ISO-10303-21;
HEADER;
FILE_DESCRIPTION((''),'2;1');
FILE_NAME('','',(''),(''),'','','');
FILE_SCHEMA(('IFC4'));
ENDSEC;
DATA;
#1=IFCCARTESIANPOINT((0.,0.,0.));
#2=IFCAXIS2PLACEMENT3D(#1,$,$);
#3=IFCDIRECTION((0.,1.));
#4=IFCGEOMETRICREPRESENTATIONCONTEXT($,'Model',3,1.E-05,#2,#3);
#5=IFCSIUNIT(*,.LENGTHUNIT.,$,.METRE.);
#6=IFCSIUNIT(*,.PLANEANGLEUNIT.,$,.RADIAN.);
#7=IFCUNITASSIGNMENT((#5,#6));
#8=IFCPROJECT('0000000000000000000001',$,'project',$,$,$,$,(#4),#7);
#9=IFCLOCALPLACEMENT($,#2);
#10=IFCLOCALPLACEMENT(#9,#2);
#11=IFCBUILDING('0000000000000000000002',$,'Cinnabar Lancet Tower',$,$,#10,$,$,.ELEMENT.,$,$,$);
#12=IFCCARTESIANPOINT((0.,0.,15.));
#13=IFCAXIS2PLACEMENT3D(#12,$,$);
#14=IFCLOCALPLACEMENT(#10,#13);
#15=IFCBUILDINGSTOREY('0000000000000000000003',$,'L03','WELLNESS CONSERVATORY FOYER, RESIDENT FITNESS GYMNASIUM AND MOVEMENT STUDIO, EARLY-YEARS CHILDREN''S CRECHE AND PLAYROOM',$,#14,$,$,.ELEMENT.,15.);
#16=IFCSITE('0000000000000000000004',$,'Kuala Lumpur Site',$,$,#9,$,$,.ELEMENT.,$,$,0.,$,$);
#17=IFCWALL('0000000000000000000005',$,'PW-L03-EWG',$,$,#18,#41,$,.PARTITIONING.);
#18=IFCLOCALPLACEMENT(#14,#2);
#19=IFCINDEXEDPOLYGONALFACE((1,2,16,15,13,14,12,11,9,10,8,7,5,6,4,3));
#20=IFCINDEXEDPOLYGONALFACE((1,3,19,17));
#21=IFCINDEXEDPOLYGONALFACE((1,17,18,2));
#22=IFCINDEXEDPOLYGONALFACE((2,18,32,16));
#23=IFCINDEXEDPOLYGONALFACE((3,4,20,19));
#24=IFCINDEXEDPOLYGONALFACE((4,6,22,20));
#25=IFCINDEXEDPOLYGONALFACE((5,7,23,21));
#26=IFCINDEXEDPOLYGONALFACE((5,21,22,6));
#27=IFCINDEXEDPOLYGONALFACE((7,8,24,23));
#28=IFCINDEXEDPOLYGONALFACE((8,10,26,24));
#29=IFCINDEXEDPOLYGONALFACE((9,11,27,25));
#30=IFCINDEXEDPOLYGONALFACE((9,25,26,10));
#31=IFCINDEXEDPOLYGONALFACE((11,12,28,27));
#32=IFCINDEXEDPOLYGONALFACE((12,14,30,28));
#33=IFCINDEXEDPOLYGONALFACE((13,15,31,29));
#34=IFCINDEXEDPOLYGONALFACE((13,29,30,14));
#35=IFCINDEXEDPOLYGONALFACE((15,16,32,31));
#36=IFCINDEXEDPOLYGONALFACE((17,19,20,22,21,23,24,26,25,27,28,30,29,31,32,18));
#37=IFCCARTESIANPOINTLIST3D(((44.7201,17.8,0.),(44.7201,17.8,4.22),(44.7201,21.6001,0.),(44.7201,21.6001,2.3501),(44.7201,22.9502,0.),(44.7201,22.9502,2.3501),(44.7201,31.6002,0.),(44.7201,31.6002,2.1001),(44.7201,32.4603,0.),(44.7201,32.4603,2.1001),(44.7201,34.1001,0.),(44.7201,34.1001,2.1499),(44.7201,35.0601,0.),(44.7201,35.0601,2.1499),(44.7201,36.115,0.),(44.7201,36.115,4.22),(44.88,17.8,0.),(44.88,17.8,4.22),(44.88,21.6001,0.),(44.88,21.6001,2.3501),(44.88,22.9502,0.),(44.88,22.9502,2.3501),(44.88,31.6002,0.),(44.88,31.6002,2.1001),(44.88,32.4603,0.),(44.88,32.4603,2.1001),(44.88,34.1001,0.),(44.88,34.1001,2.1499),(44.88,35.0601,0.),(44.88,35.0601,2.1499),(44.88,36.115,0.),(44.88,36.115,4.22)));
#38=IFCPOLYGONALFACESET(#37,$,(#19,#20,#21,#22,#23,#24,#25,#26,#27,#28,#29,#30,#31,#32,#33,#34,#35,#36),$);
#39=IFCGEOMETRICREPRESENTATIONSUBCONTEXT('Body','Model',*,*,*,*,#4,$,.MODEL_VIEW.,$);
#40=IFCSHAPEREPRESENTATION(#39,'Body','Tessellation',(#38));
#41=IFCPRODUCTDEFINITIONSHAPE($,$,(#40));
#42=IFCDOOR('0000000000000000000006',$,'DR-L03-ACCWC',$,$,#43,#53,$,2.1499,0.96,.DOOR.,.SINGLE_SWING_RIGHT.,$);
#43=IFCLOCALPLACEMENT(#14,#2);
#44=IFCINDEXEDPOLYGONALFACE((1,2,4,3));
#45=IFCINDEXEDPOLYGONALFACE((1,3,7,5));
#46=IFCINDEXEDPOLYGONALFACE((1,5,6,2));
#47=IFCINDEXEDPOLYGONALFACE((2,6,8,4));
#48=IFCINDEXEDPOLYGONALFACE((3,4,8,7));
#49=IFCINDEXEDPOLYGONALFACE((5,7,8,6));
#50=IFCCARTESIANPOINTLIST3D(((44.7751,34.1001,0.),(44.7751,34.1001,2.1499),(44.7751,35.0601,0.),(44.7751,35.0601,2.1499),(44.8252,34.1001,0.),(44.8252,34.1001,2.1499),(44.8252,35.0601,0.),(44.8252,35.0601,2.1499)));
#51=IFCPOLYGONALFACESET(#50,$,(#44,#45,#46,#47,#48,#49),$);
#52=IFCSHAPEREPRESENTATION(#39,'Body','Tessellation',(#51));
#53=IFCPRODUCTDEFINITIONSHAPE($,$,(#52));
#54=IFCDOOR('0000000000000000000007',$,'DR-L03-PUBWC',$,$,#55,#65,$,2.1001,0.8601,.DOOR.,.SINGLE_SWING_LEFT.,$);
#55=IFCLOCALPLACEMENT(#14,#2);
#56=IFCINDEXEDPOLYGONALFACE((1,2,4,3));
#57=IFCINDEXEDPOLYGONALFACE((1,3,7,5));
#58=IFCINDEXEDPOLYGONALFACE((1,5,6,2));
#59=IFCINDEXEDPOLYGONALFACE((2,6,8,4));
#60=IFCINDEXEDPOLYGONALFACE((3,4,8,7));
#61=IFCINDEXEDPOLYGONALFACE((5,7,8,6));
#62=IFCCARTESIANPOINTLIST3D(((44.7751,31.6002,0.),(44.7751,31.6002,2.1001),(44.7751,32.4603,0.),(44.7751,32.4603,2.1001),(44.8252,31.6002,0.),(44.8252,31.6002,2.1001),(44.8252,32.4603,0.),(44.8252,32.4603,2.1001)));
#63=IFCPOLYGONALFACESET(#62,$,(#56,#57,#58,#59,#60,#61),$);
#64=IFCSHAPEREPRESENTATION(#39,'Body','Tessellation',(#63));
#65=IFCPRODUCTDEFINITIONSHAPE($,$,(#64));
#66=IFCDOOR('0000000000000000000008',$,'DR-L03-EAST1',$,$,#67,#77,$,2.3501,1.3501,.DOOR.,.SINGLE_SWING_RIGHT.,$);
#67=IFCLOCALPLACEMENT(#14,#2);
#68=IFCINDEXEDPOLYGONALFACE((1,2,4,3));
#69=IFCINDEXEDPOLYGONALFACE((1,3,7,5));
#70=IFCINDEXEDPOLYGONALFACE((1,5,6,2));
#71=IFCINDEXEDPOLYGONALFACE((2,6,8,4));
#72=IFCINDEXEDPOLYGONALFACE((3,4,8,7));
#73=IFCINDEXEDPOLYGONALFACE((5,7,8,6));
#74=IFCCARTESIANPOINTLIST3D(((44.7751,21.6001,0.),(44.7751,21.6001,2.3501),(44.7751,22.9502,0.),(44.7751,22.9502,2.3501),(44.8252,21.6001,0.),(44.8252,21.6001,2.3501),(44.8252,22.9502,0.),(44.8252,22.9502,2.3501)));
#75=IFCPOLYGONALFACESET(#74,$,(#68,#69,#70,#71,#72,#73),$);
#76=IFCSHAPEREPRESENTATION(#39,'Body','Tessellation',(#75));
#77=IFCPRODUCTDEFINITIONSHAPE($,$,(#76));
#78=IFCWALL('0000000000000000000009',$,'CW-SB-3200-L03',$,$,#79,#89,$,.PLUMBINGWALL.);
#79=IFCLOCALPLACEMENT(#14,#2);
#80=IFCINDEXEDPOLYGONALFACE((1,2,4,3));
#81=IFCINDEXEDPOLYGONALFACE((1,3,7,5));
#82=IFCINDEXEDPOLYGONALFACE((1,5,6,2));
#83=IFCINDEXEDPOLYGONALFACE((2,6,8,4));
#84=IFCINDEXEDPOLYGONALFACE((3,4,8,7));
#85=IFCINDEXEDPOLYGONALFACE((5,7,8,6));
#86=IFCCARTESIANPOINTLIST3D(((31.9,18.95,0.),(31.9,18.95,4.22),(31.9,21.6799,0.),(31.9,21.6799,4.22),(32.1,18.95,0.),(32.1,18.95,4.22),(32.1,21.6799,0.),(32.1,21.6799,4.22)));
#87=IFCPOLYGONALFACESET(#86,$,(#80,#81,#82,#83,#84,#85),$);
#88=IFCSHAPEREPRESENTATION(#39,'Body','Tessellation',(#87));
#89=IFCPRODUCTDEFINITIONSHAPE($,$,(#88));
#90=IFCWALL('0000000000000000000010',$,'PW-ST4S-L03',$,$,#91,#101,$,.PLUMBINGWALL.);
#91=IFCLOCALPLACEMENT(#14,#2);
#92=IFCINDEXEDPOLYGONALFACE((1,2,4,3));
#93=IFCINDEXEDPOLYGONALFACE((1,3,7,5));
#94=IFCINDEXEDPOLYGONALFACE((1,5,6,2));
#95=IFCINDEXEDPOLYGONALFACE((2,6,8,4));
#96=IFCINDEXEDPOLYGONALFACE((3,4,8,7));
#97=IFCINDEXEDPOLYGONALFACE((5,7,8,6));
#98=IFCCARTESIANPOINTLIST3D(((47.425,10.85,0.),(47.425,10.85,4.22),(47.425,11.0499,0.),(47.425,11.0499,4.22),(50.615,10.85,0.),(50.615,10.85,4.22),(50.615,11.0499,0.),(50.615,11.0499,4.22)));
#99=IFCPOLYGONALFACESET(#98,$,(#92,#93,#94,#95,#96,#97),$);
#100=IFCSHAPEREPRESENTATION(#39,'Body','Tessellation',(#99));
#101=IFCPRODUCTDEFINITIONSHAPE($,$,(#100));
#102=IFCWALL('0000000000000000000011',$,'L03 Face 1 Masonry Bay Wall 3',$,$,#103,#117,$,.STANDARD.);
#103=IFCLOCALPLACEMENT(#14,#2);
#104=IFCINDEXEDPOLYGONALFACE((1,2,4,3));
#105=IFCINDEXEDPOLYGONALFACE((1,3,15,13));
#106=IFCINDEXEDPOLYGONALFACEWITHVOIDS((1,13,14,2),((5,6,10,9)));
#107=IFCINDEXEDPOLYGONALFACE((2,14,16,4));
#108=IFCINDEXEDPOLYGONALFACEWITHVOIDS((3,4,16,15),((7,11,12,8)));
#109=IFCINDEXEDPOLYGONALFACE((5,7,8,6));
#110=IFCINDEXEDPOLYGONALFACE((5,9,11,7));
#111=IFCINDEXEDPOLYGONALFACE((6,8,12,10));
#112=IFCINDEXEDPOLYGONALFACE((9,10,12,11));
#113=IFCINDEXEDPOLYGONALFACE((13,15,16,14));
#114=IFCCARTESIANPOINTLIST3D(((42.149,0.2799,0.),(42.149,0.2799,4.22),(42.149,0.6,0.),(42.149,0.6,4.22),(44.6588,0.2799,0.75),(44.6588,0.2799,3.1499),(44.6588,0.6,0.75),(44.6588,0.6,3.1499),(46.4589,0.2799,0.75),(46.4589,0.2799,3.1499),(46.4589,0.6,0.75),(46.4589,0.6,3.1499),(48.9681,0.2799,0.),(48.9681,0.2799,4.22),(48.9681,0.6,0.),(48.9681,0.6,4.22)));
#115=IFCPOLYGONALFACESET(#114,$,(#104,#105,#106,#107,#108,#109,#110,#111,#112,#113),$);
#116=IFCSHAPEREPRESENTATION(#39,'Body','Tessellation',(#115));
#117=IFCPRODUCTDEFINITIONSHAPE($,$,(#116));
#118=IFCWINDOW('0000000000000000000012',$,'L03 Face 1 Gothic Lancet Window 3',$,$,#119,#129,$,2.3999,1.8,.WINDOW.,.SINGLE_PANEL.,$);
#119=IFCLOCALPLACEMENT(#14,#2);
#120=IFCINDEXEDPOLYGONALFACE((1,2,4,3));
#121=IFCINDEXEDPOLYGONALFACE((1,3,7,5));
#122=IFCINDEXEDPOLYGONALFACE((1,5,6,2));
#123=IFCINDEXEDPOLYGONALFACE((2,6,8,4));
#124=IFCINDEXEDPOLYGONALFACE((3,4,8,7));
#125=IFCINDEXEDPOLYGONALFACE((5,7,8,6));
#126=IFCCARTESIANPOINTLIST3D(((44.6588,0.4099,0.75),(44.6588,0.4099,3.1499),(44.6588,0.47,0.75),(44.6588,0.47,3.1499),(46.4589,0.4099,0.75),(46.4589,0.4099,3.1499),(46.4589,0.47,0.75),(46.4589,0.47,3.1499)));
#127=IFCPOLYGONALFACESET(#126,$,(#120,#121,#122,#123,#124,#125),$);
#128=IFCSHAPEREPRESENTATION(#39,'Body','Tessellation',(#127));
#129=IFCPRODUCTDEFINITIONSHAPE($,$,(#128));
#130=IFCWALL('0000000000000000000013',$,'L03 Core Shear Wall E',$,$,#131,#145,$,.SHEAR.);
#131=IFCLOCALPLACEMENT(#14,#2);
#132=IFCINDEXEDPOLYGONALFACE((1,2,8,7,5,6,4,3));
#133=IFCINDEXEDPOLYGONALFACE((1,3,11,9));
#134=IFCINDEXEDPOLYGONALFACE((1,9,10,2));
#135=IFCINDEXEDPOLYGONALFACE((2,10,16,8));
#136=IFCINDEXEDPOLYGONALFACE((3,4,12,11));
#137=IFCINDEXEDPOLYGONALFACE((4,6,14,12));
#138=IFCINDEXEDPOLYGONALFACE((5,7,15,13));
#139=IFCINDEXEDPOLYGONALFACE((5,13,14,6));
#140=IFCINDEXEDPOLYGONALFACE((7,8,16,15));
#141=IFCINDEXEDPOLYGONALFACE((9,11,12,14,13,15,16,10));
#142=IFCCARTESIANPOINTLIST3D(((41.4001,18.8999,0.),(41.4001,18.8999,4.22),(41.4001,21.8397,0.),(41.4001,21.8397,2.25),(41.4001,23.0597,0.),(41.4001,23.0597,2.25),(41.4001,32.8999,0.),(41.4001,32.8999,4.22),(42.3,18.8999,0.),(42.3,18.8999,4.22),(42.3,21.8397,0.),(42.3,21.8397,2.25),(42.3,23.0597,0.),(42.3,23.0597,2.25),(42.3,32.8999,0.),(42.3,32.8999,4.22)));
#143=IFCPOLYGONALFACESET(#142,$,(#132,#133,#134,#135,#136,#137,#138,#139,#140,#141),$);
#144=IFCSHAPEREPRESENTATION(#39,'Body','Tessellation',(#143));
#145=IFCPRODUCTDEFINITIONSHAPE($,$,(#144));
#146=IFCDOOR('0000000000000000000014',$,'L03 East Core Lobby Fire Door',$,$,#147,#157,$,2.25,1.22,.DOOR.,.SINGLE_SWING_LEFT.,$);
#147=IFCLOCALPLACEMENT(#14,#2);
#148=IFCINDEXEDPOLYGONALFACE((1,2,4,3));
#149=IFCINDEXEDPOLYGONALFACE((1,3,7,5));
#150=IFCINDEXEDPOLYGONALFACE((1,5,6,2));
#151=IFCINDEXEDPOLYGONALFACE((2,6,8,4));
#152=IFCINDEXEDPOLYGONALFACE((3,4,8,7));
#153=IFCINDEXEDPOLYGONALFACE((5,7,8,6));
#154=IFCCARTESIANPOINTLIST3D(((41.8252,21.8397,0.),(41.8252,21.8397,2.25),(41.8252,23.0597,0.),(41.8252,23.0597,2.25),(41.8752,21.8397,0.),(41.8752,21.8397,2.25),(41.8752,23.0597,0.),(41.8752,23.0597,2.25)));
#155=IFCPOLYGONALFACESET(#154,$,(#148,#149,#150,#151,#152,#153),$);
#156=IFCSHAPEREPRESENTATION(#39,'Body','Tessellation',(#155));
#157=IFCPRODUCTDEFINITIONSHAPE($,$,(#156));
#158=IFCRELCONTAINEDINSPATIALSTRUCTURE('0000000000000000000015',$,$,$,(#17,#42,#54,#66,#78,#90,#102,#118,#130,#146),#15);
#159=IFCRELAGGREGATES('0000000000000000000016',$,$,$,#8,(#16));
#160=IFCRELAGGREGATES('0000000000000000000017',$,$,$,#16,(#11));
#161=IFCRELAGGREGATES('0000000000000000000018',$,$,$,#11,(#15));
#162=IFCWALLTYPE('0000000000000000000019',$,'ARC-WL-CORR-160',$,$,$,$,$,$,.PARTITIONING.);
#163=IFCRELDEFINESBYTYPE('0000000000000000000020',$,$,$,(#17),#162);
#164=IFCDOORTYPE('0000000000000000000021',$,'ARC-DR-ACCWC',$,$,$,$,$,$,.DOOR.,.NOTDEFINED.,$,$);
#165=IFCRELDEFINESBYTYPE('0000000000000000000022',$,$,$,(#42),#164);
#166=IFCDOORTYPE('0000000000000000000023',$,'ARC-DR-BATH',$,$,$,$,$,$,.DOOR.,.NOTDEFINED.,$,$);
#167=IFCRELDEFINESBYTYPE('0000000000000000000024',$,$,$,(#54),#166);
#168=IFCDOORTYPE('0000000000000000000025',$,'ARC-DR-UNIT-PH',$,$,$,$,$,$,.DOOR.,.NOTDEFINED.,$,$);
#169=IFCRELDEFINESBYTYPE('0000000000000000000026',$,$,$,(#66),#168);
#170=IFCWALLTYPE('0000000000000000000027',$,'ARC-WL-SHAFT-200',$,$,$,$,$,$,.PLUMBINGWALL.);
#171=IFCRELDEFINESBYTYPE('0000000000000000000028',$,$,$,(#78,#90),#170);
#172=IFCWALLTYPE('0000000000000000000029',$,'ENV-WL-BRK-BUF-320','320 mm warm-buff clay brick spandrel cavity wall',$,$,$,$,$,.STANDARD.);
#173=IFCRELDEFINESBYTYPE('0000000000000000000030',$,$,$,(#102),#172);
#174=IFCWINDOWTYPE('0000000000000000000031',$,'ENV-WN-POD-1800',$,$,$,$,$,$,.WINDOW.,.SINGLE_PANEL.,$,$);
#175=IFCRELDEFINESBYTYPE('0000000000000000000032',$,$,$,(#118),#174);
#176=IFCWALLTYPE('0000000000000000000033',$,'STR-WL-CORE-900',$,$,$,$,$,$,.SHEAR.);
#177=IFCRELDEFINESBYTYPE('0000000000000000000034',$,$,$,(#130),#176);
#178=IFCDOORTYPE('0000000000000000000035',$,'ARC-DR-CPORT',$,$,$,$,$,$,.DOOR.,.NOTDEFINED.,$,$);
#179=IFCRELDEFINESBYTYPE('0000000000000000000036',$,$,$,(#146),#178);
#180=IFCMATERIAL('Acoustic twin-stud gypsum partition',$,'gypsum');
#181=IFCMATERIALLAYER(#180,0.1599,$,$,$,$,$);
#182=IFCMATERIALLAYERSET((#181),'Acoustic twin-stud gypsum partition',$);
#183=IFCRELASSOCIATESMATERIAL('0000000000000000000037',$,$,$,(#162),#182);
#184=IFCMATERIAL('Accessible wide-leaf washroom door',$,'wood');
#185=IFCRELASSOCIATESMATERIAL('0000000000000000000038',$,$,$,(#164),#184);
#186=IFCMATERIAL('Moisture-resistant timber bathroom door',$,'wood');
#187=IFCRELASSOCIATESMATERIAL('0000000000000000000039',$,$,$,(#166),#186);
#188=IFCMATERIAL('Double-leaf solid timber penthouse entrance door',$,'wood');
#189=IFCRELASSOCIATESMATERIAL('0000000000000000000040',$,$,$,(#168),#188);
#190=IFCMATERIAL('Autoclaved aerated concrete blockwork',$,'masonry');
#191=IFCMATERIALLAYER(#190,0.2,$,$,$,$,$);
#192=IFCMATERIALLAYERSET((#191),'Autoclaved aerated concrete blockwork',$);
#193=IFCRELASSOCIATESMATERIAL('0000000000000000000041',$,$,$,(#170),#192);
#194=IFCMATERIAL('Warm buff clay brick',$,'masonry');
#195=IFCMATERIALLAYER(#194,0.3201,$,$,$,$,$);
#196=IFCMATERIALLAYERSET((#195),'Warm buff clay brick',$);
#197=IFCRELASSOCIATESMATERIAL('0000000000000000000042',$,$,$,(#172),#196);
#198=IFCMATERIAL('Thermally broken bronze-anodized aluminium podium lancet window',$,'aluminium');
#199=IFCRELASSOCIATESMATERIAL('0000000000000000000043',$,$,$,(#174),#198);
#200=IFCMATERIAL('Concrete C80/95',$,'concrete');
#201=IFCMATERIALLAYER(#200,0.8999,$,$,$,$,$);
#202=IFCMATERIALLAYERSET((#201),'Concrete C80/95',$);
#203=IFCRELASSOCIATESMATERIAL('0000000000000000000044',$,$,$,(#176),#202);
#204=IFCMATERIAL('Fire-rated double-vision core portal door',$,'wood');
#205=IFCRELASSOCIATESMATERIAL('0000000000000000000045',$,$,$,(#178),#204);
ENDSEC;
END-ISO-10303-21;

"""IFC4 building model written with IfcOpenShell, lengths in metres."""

from ifc_helpers import new_model, si_unit, direction, frame, frame_2d, origin, place, context, subcontext, project, spatial, rectangle, extrude, material, layer, layer_set, type_object, element, fill, save


model = new_model("IFC4")

# Units and contexts
model_context = context("Model", 3, precision=1e-05, world=origin(), true_north=direction((0.0, 1.0)))
body_context = subcontext(model_context, "Body", "Model", "MODEL_VIEW")
ifc_project = project(units=[si_unit("LENGTHUNIT", "METRE"), si_unit("PLANEANGLEUNIT", "RADIAN")], contexts=[model_context])

# Site, building, storey
site_placement = place(None, origin())
site = spatial("IfcSite", under=ifc_project, at=site_placement, Name="Kuala Lumpur Site", CompositionType="ELEMENT", RefElevation=0.0)
building_placement = place(site_placement, origin())
building = spatial("IfcBuilding", under=site, at=building_placement, Name="Cinnabar Lancet Tower", CompositionType="ELEMENT")
storey_placement = place(building_placement, frame((0.0, 0.0, 15.0)))
storey = spatial("IfcBuildingStorey", under=building, at=storey_placement, Name="L03", Description="WELLNESS CONSERVATORY FOYER, RESIDENT FITNESS GYMNASIUM AND MOVEMENT STUDIO, EARLY-YEARS CHILDREN'S CRECHE AND PLAYROOM", CompositionType="ELEMENT", Elevation=15.0)

# Shared definitions
ifc_material_1 = material(Name="Acoustic twin-stud gypsum partition", Category="gypsum")
ifc_layer_1 = layer(ifc_material_1, 0.1599)
ifc_layer_set_1 = layer_set([ifc_layer_1], Name="Acoustic twin-stud gypsum partition")
wall_type_1 = type_object("IfcWallType", Name="ARC-WL-CORR-160", PredefinedType="PARTITIONING", material=ifc_layer_set_1)

# Wall, openings, doors
wall_1_placement = place(storey_placement, frame((44.8, 17.8, 0.0), z_axis=(0.0, 0.0, 1.0), x_axis=(0.0, 1.0, 0.0)))
wall_1 = element("IfcWall", 1, at=wall_1_placement, inside=storey, type_object=wall_type_1, Name="PW-L03-EWG", PredefinedType="PARTITIONING", context=body_context, shape_type="SweptSolid", body=[
    extrude(rectangle(XDim=18.3149, YDim=0.1599, at=frame_2d((9.1575, 0.0))), origin(), (0.0, 0.0, 1.0), 4.22),
])
opening_1_placement = place(wall_1_placement, frame((3.8, 0.0, 0.0)))
opening_1 = element("IfcOpeningElement", 2, at=opening_1_placement, cuts=wall_1, PredefinedType="OPENING", context=body_context, shape_type="SweptSolid", body=[
    extrude(rectangle(XDim=1.3501, YDim=2.3501, at=frame_2d((0.675, 1.175))), frame((0.0, 0.0898, 0.0), z_axis=(0.0, -1.0, 0.0), x_axis=(1.0, 0.0, 0.0)), (0.0, 0.0, 1.0), 0.1799),
])
opening_2_placement = place(wall_1_placement, frame((13.8, 0.0, 0.0)))
opening_2 = element("IfcOpeningElement", 3, at=opening_2_placement, cuts=wall_1, PredefinedType="OPENING", context=body_context, shape_type="SweptSolid", body=[
    extrude(rectangle(XDim=0.8601, YDim=2.1001, at=frame_2d((0.4302, 1.05))), frame((0.0, 0.0898, 0.0), z_axis=(0.0, -1.0, 0.0), x_axis=(1.0, 0.0, 0.0)), (0.0, 0.0, 1.0), 0.1799),
])
opening_3_placement = place(wall_1_placement, frame((16.3, 0.0, 0.0)))
opening_3 = element("IfcOpeningElement", 4, at=opening_3_placement, cuts=wall_1, PredefinedType="OPENING", context=body_context, shape_type="SweptSolid", body=[
    extrude(rectangle(XDim=0.96, YDim=2.1499, at=frame_2d((0.48, 1.075))), frame((0.0, 0.0898, 0.0), z_axis=(0.0, -1.0, 0.0), x_axis=(1.0, 0.0, 0.0)), (0.0, 0.0, 1.0), 0.1799),
])
ifc_material_2 = material(Name="Accessible wide-leaf washroom door", Category="wood")
door_type_1 = type_object("IfcDoorType", Name="ARC-DR-ACCWC", OperationType="NOTDEFINED", PredefinedType="DOOR", material=ifc_material_2)
door_1_placement = place(opening_3_placement, origin())
door_1 = element("IfcDoor", 5, at=door_1_placement, inside=storey, type_object=door_type_1, Name="DR-L03-ACCWC", OperationType="SINGLE_SWING_RIGHT", OverallHeight=2.1499, OverallWidth=0.96, PredefinedType="DOOR", context=body_context, shape_type="SweptSolid", body=[
    extrude(rectangle(XDim=0.96, YDim=2.1499, at=frame_2d((0.48, 1.075))), frame((0.0, 0.0249, 0.0), z_axis=(0.0, -1.0, 0.0), x_axis=(1.0, 0.0, 0.0)), (0.0, 0.0, 1.0), 0.05),
])
fill(opening_3, door_1)
ifc_material_3 = material(Name="Moisture-resistant timber bathroom door", Category="wood")
door_type_2 = type_object("IfcDoorType", Name="ARC-DR-BATH", OperationType="NOTDEFINED", PredefinedType="DOOR", material=ifc_material_3)
door_2_placement = place(opening_2_placement, origin())
door_2 = element("IfcDoor", 6, at=door_2_placement, inside=storey, type_object=door_type_2, Name="DR-L03-PUBWC", OperationType="SINGLE_SWING_LEFT", OverallHeight=2.1001, OverallWidth=0.8601, PredefinedType="DOOR", context=body_context, shape_type="SweptSolid", body=[
    extrude(rectangle(XDim=0.8601, YDim=2.1001, at=frame_2d((0.4302, 1.05))), frame((0.0, 0.0249, 0.0), z_axis=(0.0, -1.0, 0.0), x_axis=(1.0, 0.0, 0.0)), (0.0, 0.0, 1.0), 0.05),
])
fill(opening_2, door_2)
ifc_material_4 = material(Name="Double-leaf solid timber penthouse entrance door", Category="wood")
door_type_3 = type_object("IfcDoorType", Name="ARC-DR-UNIT-PH", OperationType="NOTDEFINED", PredefinedType="DOOR", material=ifc_material_4)
door_3_placement = place(opening_1_placement, origin())
door_3 = element("IfcDoor", 7, at=door_3_placement, inside=storey, type_object=door_type_3, Name="DR-L03-EAST1", OperationType="SINGLE_SWING_RIGHT", OverallHeight=2.3501, OverallWidth=1.3501, PredefinedType="DOOR", context=body_context, shape_type="SweptSolid", body=[
    extrude(rectangle(XDim=1.3501, YDim=2.3501, at=frame_2d((0.675, 1.175))), frame((0.0, 0.0249, 0.0), z_axis=(0.0, -1.0, 0.0), x_axis=(1.0, 0.0, 0.0)), (0.0, 0.0, 1.0), 0.05),
])
fill(opening_1, door_3)

# Walls
ifc_material_5 = material(Name="Autoclaved aerated concrete blockwork", Category="masonry")
ifc_layer_2 = layer(ifc_material_5, 0.2)
ifc_layer_set_2 = layer_set([ifc_layer_2], Name="Autoclaved aerated concrete blockwork")
wall_type_2 = type_object("IfcWallType", Name="ARC-WL-SHAFT-200", PredefinedType="PLUMBINGWALL", material=ifc_layer_set_2)
wall_2_placement = place(storey_placement, frame((32.0, 18.95, 0.0), z_axis=(0.0, 0.0, 1.0), x_axis=(0.0, 1.0, 0.0)))
element("IfcWall", 8, at=wall_2_placement, inside=storey, type_object=wall_type_2, Name="CW-SB-3200-L03", PredefinedType="PLUMBINGWALL", context=body_context, shape_type="SweptSolid", body=[
    extrude(rectangle(XDim=2.73, YDim=0.2, at=frame_2d((1.365, 0.0))), origin(), (0.0, 0.0, 1.0), 4.22),
])
wall_3_placement = place(storey_placement, frame((47.425, 10.95, 0.0), z_axis=(0.0, 0.0, 1.0), x_axis=(1.0, 0.0, 0.0)))
element("IfcWall", 9, at=wall_3_placement, inside=storey, type_object=wall_type_2, Name="PW-ST4S-L03", PredefinedType="PLUMBINGWALL", context=body_context, shape_type="SweptSolid", body=[
    extrude(rectangle(XDim=3.1899, YDim=0.2, at=frame_2d((1.595, 0.0))), origin(), (0.0, 0.0, 1.0), 4.22),
])

# Wall, opening, window
ifc_material_6 = material(Name="Warm buff clay brick", Category="masonry")
ifc_layer_3 = layer(ifc_material_6, 0.3201)
ifc_layer_set_3 = layer_set([ifc_layer_3], Name="Warm buff clay brick")
wall_type_3 = type_object("IfcWallType", Name="ENV-WL-BRK-BUF-320", Description="320 mm warm-buff clay brick spandrel cavity wall", PredefinedType="STANDARD", material=ifc_layer_set_3)
wall_4_placement = place(storey_placement, frame((42.1489, 0.4399, 0.0), z_axis=(0.0, 0.0, 1.0), x_axis=(1.0, 0.0, 0.0)))
wall_4 = element("IfcWall", 10, at=wall_4_placement, inside=storey, type_object=wall_type_3, Name="L03 Face 1 Masonry Bay Wall 3", PredefinedType="STANDARD", context=body_context, shape_type="SweptSolid", body=[
    extrude(rectangle(XDim=6.8191, YDim=0.3201, at=frame_2d((3.4097, 0.0))), origin(), (0.0, 0.0, 1.0), 4.22),
])
opening_4_placement = place(wall_4_placement, frame((2.51, 0.0, 0.75)))
opening_4 = element("IfcOpeningElement", 11, at=opening_4_placement, cuts=wall_4, PredefinedType="OPENING", context=body_context, shape_type="SweptSolid", body=[
    extrude(rectangle(XDim=1.8, YDim=2.3999, at=frame_2d((0.8999, 1.2))), frame((0.0, 0.1699, 0.0), z_axis=(0.0, -1.0, 0.0), x_axis=(1.0, 0.0, 0.0)), (0.0, 0.0, 1.0), 0.3401),
])
ifc_material_7 = material(Name="Thermally broken bronze-anodized aluminium podium lancet window", Category="aluminium")
window_type = type_object("IfcWindowType", Name="ENV-WN-POD-1800", PartitioningType="SINGLE_PANEL", PredefinedType="WINDOW", material=ifc_material_7)
window_placement = place(opening_4_placement, origin())
window = element("IfcWindow", 12, at=window_placement, inside=storey, type_object=window_type, Name="L03 Face 1 Gothic Lancet Window 3", OverallHeight=2.3999, OverallWidth=1.8, PartitioningType="SINGLE_PANEL", PredefinedType="WINDOW", context=body_context, shape_type="SweptSolid", body=[
    extrude(rectangle(XDim=1.8, YDim=2.3999, at=frame_2d((0.8999, 1.2))), frame((0.0, 0.03, 0.0), z_axis=(0.0, -1.0, 0.0), x_axis=(1.0, 0.0, 0.0)), (0.0, 0.0, 1.0), 0.0601),
])
fill(opening_4, window)

# Wall, opening, door
ifc_material_8 = material(Name="Concrete C80/95", Category="concrete")
ifc_layer_4 = layer(ifc_material_8, 0.8999)
ifc_layer_set_4 = layer_set([ifc_layer_4], Name="Concrete C80/95")
wall_type_4 = type_object("IfcWallType", Name="STR-WL-CORE-900", PredefinedType="SHEAR", material=ifc_layer_set_4)
wall_5_placement = place(storey_placement, frame((41.8501, 18.8999, 0.0), z_axis=(0.0, 0.0, 1.0), x_axis=(0.0, 1.0, 0.0)))
wall_5 = element("IfcWall", 13, at=wall_5_placement, inside=storey, type_object=wall_type_4, Name="L03 Core Shear Wall E", PredefinedType="SHEAR", context=body_context, shape_type="SweptSolid", body=[
    extrude(rectangle(XDim=14.0, YDim=0.8999, at=frame_2d((7.0, 0.0))), origin(), (0.0, 0.0, 1.0), 4.22),
])
opening_5_placement = place(wall_5_placement, frame((2.9399, 0.0, 0.0)))
opening_5 = element("IfcOpeningElement", 14, at=opening_5_placement, cuts=wall_5, PredefinedType="OPENING", context=body_context, shape_type="SweptSolid", body=[
    extrude(rectangle(XDim=1.22, YDim=2.25, at=frame_2d((0.6099, 1.125))), frame((0.0, 0.46, 0.0), z_axis=(0.0, -1.0, 0.0), x_axis=(1.0, 0.0, 0.0)), (0.0, 0.0, 1.0), 0.9199),
])
ifc_material_9 = material(Name="Fire-rated double-vision core portal door", Category="wood")
door_type_4 = type_object("IfcDoorType", Name="ARC-DR-CPORT", OperationType="NOTDEFINED", PredefinedType="DOOR", material=ifc_material_9)
door_4_placement = place(opening_5_placement, origin())
door_4 = element("IfcDoor", 15, at=door_4_placement, inside=storey, type_object=door_type_4, Name="L03 East Core Lobby Fire Door", OperationType="SINGLE_SWING_LEFT", OverallHeight=2.25, OverallWidth=1.22, PredefinedType="DOOR", context=body_context, shape_type="SweptSolid", body=[
    extrude(rectangle(XDim=1.22, YDim=2.25, at=frame_2d((0.6099, 1.125))), frame((0.0, 0.0249, 0.0), z_axis=(0.0, -1.0, 0.0), x_axis=(1.0, 0.0, 0.0)), (0.0, 0.0, 1.0), 0.05),
])
fill(opening_5, door_4)

save(model, "model.ifc")
